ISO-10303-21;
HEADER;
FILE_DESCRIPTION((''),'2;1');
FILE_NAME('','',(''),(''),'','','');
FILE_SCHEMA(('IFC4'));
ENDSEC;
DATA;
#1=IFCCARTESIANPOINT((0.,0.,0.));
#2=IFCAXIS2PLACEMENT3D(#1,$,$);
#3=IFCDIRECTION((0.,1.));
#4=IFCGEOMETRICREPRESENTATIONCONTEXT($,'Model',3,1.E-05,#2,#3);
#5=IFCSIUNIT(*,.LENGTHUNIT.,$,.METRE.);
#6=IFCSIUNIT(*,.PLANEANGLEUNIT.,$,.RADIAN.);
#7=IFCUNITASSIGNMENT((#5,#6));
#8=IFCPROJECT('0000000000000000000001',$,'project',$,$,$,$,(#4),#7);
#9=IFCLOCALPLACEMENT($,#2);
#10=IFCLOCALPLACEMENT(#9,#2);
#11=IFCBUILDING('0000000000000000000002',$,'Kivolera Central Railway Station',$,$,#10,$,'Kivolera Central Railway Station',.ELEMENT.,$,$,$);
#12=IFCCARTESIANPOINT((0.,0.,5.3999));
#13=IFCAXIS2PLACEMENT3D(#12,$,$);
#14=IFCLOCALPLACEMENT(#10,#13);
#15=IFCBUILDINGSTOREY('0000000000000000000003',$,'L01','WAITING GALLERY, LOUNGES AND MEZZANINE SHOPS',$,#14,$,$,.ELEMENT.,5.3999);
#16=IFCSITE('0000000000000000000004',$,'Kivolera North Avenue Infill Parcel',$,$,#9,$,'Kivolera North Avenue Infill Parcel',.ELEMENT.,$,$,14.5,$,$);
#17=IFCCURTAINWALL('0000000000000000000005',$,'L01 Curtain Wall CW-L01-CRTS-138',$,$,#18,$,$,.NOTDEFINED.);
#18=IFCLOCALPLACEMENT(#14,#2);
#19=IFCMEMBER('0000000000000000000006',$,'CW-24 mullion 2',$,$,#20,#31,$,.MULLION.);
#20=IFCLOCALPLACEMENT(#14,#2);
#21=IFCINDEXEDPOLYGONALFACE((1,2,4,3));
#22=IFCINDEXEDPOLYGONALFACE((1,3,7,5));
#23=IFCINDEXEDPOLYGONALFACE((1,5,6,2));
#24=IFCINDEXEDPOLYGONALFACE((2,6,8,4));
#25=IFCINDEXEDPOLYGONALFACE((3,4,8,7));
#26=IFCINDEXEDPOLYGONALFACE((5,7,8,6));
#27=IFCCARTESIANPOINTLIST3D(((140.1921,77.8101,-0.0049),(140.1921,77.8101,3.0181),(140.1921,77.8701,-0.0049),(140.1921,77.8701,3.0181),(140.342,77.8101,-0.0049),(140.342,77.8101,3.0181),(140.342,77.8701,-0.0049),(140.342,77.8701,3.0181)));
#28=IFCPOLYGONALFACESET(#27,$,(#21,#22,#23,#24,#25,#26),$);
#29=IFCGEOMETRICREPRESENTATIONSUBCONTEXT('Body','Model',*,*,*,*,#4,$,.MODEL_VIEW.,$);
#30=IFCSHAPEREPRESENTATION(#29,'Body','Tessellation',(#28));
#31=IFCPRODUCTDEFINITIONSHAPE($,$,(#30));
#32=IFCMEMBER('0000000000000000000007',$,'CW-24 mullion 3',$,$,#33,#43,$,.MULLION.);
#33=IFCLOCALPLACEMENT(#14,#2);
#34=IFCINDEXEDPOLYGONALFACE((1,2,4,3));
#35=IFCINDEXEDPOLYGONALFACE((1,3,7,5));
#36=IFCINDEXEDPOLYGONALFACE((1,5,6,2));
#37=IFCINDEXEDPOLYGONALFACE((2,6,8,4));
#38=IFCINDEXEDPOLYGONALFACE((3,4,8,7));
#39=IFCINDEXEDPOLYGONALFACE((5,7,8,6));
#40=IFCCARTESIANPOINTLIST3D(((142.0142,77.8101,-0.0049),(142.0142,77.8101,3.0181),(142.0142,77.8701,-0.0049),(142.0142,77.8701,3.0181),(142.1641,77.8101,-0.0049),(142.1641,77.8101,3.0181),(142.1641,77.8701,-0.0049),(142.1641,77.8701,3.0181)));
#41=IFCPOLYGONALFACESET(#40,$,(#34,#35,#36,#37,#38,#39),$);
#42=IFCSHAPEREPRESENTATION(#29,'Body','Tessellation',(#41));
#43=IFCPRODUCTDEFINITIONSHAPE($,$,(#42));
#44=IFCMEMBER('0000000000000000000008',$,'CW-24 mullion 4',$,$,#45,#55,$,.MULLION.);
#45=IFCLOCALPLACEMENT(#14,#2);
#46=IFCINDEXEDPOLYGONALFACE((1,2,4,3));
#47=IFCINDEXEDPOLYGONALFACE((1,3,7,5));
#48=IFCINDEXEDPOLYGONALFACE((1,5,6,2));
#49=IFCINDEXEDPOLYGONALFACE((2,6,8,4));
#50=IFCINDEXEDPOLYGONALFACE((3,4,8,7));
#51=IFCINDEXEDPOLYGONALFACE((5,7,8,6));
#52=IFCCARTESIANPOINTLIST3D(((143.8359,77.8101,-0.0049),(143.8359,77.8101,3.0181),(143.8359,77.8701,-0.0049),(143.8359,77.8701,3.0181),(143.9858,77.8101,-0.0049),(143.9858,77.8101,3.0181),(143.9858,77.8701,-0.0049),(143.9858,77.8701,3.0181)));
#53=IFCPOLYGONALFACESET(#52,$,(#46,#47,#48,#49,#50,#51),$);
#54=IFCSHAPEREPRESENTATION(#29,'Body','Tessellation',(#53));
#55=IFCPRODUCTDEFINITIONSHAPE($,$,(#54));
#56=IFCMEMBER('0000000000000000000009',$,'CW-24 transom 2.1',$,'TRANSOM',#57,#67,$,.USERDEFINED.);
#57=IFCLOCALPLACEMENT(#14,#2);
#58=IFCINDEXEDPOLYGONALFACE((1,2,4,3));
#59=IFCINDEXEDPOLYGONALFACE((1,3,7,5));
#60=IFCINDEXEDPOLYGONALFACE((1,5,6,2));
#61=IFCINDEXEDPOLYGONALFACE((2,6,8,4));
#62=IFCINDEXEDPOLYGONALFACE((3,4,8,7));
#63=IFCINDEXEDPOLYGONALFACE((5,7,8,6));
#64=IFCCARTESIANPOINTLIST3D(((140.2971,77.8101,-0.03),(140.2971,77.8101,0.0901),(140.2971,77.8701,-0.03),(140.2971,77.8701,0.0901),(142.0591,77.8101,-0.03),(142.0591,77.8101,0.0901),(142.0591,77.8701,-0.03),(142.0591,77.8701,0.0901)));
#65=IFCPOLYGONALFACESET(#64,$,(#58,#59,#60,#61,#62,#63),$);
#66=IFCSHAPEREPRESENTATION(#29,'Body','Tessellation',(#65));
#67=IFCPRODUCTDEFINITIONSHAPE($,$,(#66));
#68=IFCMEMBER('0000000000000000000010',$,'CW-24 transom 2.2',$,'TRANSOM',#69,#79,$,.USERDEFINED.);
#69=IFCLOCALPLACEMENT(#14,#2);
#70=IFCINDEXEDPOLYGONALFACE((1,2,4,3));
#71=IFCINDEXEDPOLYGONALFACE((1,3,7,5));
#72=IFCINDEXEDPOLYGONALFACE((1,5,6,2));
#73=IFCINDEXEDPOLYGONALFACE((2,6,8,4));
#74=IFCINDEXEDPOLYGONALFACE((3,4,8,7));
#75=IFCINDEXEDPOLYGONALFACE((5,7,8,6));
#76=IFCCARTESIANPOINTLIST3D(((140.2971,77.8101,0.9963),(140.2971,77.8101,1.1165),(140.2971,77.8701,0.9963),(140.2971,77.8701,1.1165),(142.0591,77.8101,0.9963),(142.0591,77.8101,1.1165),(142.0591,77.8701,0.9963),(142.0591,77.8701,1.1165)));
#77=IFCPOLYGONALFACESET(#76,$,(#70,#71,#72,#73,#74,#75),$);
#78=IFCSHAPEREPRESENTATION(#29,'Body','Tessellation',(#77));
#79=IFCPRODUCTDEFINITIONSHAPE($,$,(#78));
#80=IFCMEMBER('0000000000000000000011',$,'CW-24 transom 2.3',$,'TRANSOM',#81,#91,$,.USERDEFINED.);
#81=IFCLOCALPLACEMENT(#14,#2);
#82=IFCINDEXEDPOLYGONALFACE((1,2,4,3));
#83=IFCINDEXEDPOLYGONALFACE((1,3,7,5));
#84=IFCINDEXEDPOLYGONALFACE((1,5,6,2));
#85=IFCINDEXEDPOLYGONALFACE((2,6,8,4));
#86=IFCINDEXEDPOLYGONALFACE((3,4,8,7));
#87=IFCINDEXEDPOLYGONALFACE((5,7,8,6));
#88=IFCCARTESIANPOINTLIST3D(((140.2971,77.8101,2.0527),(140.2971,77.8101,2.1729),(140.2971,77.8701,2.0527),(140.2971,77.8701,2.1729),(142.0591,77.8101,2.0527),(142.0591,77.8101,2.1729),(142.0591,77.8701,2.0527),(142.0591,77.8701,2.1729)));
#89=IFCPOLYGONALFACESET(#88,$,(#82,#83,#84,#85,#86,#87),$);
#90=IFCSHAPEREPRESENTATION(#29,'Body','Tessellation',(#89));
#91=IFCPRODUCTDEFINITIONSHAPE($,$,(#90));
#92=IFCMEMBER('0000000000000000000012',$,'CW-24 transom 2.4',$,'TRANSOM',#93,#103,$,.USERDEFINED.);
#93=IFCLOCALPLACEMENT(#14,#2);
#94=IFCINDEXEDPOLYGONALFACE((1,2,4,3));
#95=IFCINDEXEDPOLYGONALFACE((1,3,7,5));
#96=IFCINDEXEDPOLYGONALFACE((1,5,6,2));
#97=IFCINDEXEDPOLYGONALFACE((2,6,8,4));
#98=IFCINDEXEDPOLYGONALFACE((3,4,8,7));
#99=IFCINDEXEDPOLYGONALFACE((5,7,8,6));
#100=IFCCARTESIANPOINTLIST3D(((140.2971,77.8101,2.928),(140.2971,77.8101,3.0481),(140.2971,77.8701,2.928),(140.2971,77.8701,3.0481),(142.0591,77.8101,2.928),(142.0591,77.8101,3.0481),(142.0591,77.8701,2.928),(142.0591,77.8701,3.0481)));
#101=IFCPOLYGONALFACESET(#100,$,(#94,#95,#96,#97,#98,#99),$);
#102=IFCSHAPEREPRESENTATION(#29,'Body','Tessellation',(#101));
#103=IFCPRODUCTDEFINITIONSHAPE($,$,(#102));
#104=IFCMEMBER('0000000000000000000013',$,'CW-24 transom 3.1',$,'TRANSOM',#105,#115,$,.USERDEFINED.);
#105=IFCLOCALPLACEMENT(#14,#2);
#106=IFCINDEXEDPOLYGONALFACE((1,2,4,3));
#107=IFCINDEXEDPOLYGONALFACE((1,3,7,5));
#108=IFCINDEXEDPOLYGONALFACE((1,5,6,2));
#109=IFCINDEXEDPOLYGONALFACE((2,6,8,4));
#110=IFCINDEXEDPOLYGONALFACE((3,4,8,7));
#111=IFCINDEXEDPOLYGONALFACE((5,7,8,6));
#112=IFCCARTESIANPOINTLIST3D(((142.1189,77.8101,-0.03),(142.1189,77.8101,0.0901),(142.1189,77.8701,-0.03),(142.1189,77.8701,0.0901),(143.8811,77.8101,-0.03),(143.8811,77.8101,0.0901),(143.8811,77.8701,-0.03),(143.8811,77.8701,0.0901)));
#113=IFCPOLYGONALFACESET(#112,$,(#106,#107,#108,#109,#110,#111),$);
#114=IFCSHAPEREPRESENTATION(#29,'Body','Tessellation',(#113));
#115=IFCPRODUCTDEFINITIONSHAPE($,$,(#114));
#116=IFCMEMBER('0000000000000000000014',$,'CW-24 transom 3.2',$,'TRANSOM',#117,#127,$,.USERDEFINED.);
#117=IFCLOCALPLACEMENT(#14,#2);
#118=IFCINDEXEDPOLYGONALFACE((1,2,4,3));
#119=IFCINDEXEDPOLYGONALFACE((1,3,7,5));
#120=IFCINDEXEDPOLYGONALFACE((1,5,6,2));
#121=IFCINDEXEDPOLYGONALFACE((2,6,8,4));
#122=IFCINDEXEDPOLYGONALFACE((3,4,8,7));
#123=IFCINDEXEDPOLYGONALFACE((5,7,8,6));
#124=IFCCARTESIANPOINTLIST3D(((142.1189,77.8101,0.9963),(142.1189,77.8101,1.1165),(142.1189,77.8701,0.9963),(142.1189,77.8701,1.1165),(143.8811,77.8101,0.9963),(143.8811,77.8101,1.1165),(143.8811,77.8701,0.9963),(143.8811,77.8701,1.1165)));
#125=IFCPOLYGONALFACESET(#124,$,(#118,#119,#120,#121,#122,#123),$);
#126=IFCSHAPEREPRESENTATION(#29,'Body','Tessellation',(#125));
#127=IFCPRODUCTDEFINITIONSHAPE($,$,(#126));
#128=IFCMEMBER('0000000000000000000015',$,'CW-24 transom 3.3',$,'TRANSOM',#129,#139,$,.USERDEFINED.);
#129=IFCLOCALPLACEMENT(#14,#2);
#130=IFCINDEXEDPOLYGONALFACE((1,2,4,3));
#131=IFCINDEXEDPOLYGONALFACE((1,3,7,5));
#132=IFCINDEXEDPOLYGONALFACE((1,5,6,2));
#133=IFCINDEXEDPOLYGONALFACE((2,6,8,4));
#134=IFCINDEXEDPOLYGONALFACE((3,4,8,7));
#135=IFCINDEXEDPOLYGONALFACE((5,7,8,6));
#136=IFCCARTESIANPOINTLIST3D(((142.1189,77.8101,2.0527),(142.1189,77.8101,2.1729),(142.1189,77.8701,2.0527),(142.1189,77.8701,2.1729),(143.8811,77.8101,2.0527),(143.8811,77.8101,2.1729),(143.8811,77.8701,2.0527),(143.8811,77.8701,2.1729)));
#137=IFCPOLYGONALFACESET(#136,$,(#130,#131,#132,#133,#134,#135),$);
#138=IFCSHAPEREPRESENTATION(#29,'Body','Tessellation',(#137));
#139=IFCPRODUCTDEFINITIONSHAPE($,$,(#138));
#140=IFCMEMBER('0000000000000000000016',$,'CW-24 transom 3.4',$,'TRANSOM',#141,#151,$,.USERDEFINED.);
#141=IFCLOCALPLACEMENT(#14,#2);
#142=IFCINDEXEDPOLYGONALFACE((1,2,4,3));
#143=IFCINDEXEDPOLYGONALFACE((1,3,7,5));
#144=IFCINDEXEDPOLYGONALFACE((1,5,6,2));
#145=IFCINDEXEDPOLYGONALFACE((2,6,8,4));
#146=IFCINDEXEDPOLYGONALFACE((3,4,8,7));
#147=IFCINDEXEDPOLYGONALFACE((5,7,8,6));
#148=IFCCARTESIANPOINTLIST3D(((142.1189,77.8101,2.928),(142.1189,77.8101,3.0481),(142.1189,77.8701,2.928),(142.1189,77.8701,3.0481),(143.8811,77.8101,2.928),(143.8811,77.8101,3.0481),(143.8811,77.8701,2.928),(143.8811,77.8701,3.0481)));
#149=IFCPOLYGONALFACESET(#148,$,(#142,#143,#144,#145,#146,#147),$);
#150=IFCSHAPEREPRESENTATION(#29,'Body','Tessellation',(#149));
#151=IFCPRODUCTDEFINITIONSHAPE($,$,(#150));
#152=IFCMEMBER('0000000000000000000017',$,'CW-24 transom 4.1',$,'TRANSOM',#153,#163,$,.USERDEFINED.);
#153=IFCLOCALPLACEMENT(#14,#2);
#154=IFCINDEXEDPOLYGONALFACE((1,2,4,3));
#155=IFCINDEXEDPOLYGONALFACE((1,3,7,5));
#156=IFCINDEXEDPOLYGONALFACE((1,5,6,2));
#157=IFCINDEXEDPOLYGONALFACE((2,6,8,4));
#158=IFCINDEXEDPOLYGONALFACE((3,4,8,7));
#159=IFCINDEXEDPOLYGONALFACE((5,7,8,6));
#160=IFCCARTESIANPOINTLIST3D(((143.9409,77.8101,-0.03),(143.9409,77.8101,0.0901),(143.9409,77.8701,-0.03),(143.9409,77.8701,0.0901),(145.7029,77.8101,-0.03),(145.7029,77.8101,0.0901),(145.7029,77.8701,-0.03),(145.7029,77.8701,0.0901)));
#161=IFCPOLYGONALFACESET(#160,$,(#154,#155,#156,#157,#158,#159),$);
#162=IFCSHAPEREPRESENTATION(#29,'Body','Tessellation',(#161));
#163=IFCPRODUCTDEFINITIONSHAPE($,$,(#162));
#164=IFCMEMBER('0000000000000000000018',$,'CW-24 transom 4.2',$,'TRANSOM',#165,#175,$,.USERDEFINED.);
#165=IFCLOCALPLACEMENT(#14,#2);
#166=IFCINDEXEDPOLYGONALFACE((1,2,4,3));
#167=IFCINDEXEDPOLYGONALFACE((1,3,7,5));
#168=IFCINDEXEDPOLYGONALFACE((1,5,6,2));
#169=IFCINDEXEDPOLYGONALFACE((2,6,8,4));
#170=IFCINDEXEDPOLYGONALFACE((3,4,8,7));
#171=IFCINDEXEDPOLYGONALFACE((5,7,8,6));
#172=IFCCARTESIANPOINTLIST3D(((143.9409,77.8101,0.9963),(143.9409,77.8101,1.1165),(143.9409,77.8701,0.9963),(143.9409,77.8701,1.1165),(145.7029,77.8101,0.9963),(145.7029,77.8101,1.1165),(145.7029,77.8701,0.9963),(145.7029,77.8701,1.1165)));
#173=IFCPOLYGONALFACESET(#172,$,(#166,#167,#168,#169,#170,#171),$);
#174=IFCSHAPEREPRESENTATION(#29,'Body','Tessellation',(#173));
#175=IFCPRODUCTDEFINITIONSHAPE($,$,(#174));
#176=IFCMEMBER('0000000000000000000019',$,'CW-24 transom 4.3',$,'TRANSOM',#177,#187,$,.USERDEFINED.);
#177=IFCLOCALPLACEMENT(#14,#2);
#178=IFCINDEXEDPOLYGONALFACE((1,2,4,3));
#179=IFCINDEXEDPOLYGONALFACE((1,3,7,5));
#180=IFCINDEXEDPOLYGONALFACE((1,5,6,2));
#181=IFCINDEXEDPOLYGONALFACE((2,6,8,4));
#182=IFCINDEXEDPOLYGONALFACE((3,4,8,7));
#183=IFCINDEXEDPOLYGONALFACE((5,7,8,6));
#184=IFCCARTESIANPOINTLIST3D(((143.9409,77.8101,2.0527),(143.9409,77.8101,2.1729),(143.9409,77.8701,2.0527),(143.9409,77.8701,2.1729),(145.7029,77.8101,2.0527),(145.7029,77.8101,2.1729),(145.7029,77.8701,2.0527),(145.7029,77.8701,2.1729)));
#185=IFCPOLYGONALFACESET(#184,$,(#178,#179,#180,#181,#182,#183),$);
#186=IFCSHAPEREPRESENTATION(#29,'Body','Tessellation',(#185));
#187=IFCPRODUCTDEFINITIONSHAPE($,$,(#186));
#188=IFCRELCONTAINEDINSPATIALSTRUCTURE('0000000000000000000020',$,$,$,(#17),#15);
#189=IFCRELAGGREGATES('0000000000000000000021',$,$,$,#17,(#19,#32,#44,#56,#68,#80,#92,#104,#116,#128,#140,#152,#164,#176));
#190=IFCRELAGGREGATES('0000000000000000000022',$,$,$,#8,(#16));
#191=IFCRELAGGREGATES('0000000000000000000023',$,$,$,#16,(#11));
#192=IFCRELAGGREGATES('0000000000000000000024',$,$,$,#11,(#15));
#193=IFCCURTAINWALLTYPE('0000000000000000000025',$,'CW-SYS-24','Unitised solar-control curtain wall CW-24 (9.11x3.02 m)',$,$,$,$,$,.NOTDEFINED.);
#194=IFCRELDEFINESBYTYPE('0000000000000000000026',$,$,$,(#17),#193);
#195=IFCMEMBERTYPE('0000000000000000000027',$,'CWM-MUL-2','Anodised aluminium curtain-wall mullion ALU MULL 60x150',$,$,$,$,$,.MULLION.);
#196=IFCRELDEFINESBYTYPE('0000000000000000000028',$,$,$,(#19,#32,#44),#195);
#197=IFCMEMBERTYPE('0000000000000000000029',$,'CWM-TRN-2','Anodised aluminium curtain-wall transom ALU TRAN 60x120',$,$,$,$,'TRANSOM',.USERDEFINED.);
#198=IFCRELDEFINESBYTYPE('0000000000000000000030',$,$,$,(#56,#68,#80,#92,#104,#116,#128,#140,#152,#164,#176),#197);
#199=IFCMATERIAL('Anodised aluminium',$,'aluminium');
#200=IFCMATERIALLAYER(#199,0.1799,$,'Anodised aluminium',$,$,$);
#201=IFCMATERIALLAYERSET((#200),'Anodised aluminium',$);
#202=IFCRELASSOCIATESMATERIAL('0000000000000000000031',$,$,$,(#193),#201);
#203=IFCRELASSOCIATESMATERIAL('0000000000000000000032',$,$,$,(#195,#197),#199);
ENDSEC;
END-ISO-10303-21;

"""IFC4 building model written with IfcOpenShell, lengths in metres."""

from ifc_helpers import new_model, si_unit, direction, frame, origin, origin_2d, place, context, subcontext, project, spatial, rectangle, extrude, material, layer, layer_set, material_profile, profile_set, type_object, element, aggregate, save


model = new_model("IFC4")

# Units and contexts
model_context = context("Model", 3, precision=1e-05, world=origin(), true_north=direction((0.0, 1.0)))
body_context = subcontext(model_context, "Body", "Model", "MODEL_VIEW")
ifc_project = project(units=[si_unit("LENGTHUNIT", "METRE"), si_unit("PLANEANGLEUNIT", "RADIAN")], contexts=[model_context])

# Site, building, storey
site_placement = place(None, origin())
site = spatial("IfcSite", under=ifc_project, at=site_placement, Name="Kivolera North Avenue Infill Parcel", LongName="Kivolera North Avenue Infill Parcel", CompositionType="ELEMENT", RefElevation=14.5)
building_placement = place(site_placement, origin())
building = spatial("IfcBuilding", under=site, at=building_placement, Name="Kivolera Central Railway Station", LongName="Kivolera Central Railway Station", CompositionType="ELEMENT")
storey_placement = place(building_placement, frame((0.0, 0.0, 5.3999)))
storey = spatial("IfcBuildingStorey", under=building, at=storey_placement, Name="L01", Description="WAITING GALLERY, LOUNGES AND MEZZANINE SHOPS", CompositionType="ELEMENT", Elevation=5.3999)

# Curtain wall, members
ifc_material_1 = material(Name="Anodised aluminium", Category="aluminium")
ifc_layer_1 = layer(ifc_material_1, 0.1799, Name="Anodised aluminium")
ifc_layer_set_1 = layer_set([ifc_layer_1], Name="Anodised aluminium")
curtain_wall_type = type_object("IfcCurtainWallType", Name="CW-SYS-24", Description="Unitised solar-control curtain wall CW-24 (9.11x3.02 m)", PredefinedType="NOTDEFINED", material=ifc_layer_set_1)
curtain_wall_placement = place(storey_placement, origin())
curtain_wall = element("IfcCurtainWall", 1, at=curtain_wall_placement, inside=storey, type_object=curtain_wall_type, Name="L01 Curtain Wall CW-L01-CRTS-138", PredefinedType="NOTDEFINED")
ifc_material_profile_1 = material_profile(ifc_material_1, rectangle(XDim=0.0601, YDim=0.1499, at=origin_2d()), Name="ALU MULL 60x150")
ifc_profile_set_1 = profile_set([ifc_material_profile_1], Name="Anodised aluminium")
member_type_1 = type_object("IfcMemberType", Name="CWM-MUL-2", Description="Anodised aluminium curtain-wall mullion ALU MULL 60x150", PredefinedType="MULLION", material=ifc_profile_set_1)
member_1_placement = place(storey_placement, frame((140.2671, 77.8401, -0.0049), z_axis=(0.0, 0.0, 1.0), x_axis=(0.0, 1.0, 0.0)))
member_1 = element("IfcMember", 2, at=member_1_placement, type_object=member_type_1, Name="CW-24 mullion 2", PredefinedType="MULLION", context=body_context, shape_type="SweptSolid", body=[
    extrude(rectangle(XDim=0.0601, YDim=0.1499, at=origin_2d()), origin(), (0.0, 0.0, 1.0), 3.0229),
])
member_2_placement = place(storey_placement, frame((142.0891, 77.8401, -0.0049), z_axis=(0.0, 0.0, 1.0), x_axis=(0.0, 1.0, 0.0)))
member_2 = element("IfcMember", 3, at=member_2_placement, type_object=member_type_1, Name="CW-24 mullion 3", PredefinedType="MULLION", context=body_context, shape_type="SweptSolid", body=[
    extrude(rectangle(XDim=0.0601, YDim=0.1499, at=origin_2d()), origin(), (0.0, 0.0, 1.0), 3.0229),
])
member_3_placement = place(storey_placement, frame((143.9109, 77.8401, -0.0049), z_axis=(0.0, 0.0, 1.0), x_axis=(0.0, 1.0, 0.0)))
member_3 = element("IfcMember", 4, at=member_3_placement, type_object=member_type_1, Name="CW-24 mullion 4", PredefinedType="MULLION", context=body_context, shape_type="SweptSolid", body=[
    extrude(rectangle(XDim=0.0601, YDim=0.1499, at=origin_2d()), origin(), (0.0, 0.0, 1.0), 3.0229),
])
ifc_material_profile_2 = material_profile(ifc_material_1, rectangle(XDim=0.0601, YDim=0.1201, at=origin_2d()), Name="ALU TRAN 60x120")
ifc_profile_set_2 = profile_set([ifc_material_profile_2], Name="Anodised aluminium")
member_type_2 = type_object("IfcMemberType", Name="CWM-TRN-2", Description="Anodised aluminium curtain-wall transom ALU TRAN 60x120", ElementType="TRANSOM", PredefinedType="USERDEFINED", material=ifc_profile_set_2)
member_4_placement = place(storey_placement, frame((140.2971, 77.8401, 0.03), z_axis=(1.0, 0.0, 0.0), x_axis=(0.0, 1.0, 0.0)))
member_4 = element("IfcMember", 5, at=member_4_placement, type_object=member_type_2, Name="CW-24 transom 2.1", ObjectType="TRANSOM", PredefinedType="USERDEFINED", context=body_context, shape_type="SweptSolid", body=[
    extrude(rectangle(XDim=0.0601, YDim=0.1201, at=origin_2d()), origin(), (0.0, 0.0, 1.0), 1.762),
])
member_5_placement = place(storey_placement, frame((140.2971, 77.8401, 1.0564), z_axis=(1.0, 0.0, 0.0), x_axis=(0.0, 1.0, 0.0)))
member_5 = element("IfcMember", 6, at=member_5_placement, type_object=member_type_2, Name="CW-24 transom 2.2", ObjectType="TRANSOM", PredefinedType="USERDEFINED", context=body_context, shape_type="SweptSolid", body=[
    extrude(rectangle(XDim=0.0601, YDim=0.1201, at=origin_2d()), origin(), (0.0, 0.0, 1.0), 1.762),
])
member_6_placement = place(storey_placement, frame((140.2971, 77.8401, 2.1128), z_axis=(1.0, 0.0, 0.0), x_axis=(0.0, 1.0, 0.0)))
member_6 = element("IfcMember", 7, at=member_6_placement, type_object=member_type_2, Name="CW-24 transom 2.3", ObjectType="TRANSOM", PredefinedType="USERDEFINED", context=body_context, shape_type="SweptSolid", body=[
    extrude(rectangle(XDim=0.0601, YDim=0.1201, at=origin_2d()), origin(), (0.0, 0.0, 1.0), 1.762),
])
member_7_placement = place(storey_placement, frame((140.2971, 77.8401, 2.988), z_axis=(1.0, 0.0, 0.0), x_axis=(0.0, 1.0, 0.0)))
member_7 = element("IfcMember", 8, at=member_7_placement, type_object=member_type_2, Name="CW-24 transom 2.4", ObjectType="TRANSOM", PredefinedType="USERDEFINED", context=body_context, shape_type="SweptSolid", body=[
    extrude(rectangle(XDim=0.0601, YDim=0.1201, at=origin_2d()), origin(), (0.0, 0.0, 1.0), 1.762),
])
member_8_placement = place(storey_placement, frame((142.1189, 77.8401, 0.03), z_axis=(1.0, 0.0, 0.0), x_axis=(0.0, 1.0, 0.0)))
member_8 = element("IfcMember", 9, at=member_8_placement, type_object=member_type_2, Name="CW-24 transom 3.1", ObjectType="TRANSOM", PredefinedType="USERDEFINED", context=body_context, shape_type="SweptSolid", body=[
    extrude(rectangle(XDim=0.0601, YDim=0.1201, at=origin_2d()), origin(), (0.0, 0.0, 1.0), 1.7622),
])
member_9_placement = place(storey_placement, frame((142.1189, 77.8401, 1.0564), z_axis=(1.0, 0.0, 0.0), x_axis=(0.0, 1.0, 0.0)))
member_9 = element("IfcMember", 10, at=member_9_placement, type_object=member_type_2, Name="CW-24 transom 3.2", ObjectType="TRANSOM", PredefinedType="USERDEFINED", context=body_context, shape_type="SweptSolid", body=[
    extrude(rectangle(XDim=0.0601, YDim=0.1201, at=origin_2d()), origin(), (0.0, 0.0, 1.0), 1.7622),
])
member_10_placement = place(storey_placement, frame((142.1189, 77.8401, 2.1128), z_axis=(1.0, 0.0, 0.0), x_axis=(0.0, 1.0, 0.0)))
member_10 = element("IfcMember", 11, at=member_10_placement, type_object=member_type_2, Name="CW-24 transom 3.3", ObjectType="TRANSOM", PredefinedType="USERDEFINED", context=body_context, shape_type="SweptSolid", body=[
    extrude(rectangle(XDim=0.0601, YDim=0.1201, at=origin_2d()), origin(), (0.0, 0.0, 1.0), 1.7622),
])
member_11_placement = place(storey_placement, frame((142.1189, 77.8401, 2.988), z_axis=(1.0, 0.0, 0.0), x_axis=(0.0, 1.0, 0.0)))
member_11 = element("IfcMember", 12, at=member_11_placement, type_object=member_type_2, Name="CW-24 transom 3.4", ObjectType="TRANSOM", PredefinedType="USERDEFINED", context=body_context, shape_type="SweptSolid", body=[
    extrude(rectangle(XDim=0.0601, YDim=0.1201, at=origin_2d()), origin(), (0.0, 0.0, 1.0), 1.7622),
])
member_12_placement = place(storey_placement, frame((143.9409, 77.8401, 0.03), z_axis=(1.0, 0.0, 0.0), x_axis=(0.0, 1.0, 0.0)))
member_12 = element("IfcMember", 13, at=member_12_placement, type_object=member_type_2, Name="CW-24 transom 4.1", ObjectType="TRANSOM", PredefinedType="USERDEFINED", context=body_context, shape_type="SweptSolid", body=[
    extrude(rectangle(XDim=0.0601, YDim=0.1201, at=origin_2d()), origin(), (0.0, 0.0, 1.0), 1.762),
])
member_13_placement = place(storey_placement, frame((143.9409, 77.8401, 1.0564), z_axis=(1.0, 0.0, 0.0), x_axis=(0.0, 1.0, 0.0)))
member_13 = element("IfcMember", 14, at=member_13_placement, type_object=member_type_2, Name="CW-24 transom 4.2", ObjectType="TRANSOM", PredefinedType="USERDEFINED", context=body_context, shape_type="SweptSolid", body=[
    extrude(rectangle(XDim=0.0601, YDim=0.1201, at=origin_2d()), origin(), (0.0, 0.0, 1.0), 1.762),
])
member_14_placement = place(storey_placement, frame((143.9409, 77.8401, 2.1128), z_axis=(1.0, 0.0, 0.0), x_axis=(0.0, 1.0, 0.0)))
member_14 = element("IfcMember", 15, at=member_14_placement, type_object=member_type_2, Name="CW-24 transom 4.3", ObjectType="TRANSOM", PredefinedType="USERDEFINED", context=body_context, shape_type="SweptSolid", body=[
    extrude(rectangle(XDim=0.0601, YDim=0.1201, at=origin_2d()), origin(), (0.0, 0.0, 1.0), 1.762),
])
aggregate(curtain_wall, [member_1, member_2, member_3, member_4, member_5, member_6, member_7, member_8, member_9, member_10, member_11, member_12, member_13, member_14])

save(model, "model.ifc")
